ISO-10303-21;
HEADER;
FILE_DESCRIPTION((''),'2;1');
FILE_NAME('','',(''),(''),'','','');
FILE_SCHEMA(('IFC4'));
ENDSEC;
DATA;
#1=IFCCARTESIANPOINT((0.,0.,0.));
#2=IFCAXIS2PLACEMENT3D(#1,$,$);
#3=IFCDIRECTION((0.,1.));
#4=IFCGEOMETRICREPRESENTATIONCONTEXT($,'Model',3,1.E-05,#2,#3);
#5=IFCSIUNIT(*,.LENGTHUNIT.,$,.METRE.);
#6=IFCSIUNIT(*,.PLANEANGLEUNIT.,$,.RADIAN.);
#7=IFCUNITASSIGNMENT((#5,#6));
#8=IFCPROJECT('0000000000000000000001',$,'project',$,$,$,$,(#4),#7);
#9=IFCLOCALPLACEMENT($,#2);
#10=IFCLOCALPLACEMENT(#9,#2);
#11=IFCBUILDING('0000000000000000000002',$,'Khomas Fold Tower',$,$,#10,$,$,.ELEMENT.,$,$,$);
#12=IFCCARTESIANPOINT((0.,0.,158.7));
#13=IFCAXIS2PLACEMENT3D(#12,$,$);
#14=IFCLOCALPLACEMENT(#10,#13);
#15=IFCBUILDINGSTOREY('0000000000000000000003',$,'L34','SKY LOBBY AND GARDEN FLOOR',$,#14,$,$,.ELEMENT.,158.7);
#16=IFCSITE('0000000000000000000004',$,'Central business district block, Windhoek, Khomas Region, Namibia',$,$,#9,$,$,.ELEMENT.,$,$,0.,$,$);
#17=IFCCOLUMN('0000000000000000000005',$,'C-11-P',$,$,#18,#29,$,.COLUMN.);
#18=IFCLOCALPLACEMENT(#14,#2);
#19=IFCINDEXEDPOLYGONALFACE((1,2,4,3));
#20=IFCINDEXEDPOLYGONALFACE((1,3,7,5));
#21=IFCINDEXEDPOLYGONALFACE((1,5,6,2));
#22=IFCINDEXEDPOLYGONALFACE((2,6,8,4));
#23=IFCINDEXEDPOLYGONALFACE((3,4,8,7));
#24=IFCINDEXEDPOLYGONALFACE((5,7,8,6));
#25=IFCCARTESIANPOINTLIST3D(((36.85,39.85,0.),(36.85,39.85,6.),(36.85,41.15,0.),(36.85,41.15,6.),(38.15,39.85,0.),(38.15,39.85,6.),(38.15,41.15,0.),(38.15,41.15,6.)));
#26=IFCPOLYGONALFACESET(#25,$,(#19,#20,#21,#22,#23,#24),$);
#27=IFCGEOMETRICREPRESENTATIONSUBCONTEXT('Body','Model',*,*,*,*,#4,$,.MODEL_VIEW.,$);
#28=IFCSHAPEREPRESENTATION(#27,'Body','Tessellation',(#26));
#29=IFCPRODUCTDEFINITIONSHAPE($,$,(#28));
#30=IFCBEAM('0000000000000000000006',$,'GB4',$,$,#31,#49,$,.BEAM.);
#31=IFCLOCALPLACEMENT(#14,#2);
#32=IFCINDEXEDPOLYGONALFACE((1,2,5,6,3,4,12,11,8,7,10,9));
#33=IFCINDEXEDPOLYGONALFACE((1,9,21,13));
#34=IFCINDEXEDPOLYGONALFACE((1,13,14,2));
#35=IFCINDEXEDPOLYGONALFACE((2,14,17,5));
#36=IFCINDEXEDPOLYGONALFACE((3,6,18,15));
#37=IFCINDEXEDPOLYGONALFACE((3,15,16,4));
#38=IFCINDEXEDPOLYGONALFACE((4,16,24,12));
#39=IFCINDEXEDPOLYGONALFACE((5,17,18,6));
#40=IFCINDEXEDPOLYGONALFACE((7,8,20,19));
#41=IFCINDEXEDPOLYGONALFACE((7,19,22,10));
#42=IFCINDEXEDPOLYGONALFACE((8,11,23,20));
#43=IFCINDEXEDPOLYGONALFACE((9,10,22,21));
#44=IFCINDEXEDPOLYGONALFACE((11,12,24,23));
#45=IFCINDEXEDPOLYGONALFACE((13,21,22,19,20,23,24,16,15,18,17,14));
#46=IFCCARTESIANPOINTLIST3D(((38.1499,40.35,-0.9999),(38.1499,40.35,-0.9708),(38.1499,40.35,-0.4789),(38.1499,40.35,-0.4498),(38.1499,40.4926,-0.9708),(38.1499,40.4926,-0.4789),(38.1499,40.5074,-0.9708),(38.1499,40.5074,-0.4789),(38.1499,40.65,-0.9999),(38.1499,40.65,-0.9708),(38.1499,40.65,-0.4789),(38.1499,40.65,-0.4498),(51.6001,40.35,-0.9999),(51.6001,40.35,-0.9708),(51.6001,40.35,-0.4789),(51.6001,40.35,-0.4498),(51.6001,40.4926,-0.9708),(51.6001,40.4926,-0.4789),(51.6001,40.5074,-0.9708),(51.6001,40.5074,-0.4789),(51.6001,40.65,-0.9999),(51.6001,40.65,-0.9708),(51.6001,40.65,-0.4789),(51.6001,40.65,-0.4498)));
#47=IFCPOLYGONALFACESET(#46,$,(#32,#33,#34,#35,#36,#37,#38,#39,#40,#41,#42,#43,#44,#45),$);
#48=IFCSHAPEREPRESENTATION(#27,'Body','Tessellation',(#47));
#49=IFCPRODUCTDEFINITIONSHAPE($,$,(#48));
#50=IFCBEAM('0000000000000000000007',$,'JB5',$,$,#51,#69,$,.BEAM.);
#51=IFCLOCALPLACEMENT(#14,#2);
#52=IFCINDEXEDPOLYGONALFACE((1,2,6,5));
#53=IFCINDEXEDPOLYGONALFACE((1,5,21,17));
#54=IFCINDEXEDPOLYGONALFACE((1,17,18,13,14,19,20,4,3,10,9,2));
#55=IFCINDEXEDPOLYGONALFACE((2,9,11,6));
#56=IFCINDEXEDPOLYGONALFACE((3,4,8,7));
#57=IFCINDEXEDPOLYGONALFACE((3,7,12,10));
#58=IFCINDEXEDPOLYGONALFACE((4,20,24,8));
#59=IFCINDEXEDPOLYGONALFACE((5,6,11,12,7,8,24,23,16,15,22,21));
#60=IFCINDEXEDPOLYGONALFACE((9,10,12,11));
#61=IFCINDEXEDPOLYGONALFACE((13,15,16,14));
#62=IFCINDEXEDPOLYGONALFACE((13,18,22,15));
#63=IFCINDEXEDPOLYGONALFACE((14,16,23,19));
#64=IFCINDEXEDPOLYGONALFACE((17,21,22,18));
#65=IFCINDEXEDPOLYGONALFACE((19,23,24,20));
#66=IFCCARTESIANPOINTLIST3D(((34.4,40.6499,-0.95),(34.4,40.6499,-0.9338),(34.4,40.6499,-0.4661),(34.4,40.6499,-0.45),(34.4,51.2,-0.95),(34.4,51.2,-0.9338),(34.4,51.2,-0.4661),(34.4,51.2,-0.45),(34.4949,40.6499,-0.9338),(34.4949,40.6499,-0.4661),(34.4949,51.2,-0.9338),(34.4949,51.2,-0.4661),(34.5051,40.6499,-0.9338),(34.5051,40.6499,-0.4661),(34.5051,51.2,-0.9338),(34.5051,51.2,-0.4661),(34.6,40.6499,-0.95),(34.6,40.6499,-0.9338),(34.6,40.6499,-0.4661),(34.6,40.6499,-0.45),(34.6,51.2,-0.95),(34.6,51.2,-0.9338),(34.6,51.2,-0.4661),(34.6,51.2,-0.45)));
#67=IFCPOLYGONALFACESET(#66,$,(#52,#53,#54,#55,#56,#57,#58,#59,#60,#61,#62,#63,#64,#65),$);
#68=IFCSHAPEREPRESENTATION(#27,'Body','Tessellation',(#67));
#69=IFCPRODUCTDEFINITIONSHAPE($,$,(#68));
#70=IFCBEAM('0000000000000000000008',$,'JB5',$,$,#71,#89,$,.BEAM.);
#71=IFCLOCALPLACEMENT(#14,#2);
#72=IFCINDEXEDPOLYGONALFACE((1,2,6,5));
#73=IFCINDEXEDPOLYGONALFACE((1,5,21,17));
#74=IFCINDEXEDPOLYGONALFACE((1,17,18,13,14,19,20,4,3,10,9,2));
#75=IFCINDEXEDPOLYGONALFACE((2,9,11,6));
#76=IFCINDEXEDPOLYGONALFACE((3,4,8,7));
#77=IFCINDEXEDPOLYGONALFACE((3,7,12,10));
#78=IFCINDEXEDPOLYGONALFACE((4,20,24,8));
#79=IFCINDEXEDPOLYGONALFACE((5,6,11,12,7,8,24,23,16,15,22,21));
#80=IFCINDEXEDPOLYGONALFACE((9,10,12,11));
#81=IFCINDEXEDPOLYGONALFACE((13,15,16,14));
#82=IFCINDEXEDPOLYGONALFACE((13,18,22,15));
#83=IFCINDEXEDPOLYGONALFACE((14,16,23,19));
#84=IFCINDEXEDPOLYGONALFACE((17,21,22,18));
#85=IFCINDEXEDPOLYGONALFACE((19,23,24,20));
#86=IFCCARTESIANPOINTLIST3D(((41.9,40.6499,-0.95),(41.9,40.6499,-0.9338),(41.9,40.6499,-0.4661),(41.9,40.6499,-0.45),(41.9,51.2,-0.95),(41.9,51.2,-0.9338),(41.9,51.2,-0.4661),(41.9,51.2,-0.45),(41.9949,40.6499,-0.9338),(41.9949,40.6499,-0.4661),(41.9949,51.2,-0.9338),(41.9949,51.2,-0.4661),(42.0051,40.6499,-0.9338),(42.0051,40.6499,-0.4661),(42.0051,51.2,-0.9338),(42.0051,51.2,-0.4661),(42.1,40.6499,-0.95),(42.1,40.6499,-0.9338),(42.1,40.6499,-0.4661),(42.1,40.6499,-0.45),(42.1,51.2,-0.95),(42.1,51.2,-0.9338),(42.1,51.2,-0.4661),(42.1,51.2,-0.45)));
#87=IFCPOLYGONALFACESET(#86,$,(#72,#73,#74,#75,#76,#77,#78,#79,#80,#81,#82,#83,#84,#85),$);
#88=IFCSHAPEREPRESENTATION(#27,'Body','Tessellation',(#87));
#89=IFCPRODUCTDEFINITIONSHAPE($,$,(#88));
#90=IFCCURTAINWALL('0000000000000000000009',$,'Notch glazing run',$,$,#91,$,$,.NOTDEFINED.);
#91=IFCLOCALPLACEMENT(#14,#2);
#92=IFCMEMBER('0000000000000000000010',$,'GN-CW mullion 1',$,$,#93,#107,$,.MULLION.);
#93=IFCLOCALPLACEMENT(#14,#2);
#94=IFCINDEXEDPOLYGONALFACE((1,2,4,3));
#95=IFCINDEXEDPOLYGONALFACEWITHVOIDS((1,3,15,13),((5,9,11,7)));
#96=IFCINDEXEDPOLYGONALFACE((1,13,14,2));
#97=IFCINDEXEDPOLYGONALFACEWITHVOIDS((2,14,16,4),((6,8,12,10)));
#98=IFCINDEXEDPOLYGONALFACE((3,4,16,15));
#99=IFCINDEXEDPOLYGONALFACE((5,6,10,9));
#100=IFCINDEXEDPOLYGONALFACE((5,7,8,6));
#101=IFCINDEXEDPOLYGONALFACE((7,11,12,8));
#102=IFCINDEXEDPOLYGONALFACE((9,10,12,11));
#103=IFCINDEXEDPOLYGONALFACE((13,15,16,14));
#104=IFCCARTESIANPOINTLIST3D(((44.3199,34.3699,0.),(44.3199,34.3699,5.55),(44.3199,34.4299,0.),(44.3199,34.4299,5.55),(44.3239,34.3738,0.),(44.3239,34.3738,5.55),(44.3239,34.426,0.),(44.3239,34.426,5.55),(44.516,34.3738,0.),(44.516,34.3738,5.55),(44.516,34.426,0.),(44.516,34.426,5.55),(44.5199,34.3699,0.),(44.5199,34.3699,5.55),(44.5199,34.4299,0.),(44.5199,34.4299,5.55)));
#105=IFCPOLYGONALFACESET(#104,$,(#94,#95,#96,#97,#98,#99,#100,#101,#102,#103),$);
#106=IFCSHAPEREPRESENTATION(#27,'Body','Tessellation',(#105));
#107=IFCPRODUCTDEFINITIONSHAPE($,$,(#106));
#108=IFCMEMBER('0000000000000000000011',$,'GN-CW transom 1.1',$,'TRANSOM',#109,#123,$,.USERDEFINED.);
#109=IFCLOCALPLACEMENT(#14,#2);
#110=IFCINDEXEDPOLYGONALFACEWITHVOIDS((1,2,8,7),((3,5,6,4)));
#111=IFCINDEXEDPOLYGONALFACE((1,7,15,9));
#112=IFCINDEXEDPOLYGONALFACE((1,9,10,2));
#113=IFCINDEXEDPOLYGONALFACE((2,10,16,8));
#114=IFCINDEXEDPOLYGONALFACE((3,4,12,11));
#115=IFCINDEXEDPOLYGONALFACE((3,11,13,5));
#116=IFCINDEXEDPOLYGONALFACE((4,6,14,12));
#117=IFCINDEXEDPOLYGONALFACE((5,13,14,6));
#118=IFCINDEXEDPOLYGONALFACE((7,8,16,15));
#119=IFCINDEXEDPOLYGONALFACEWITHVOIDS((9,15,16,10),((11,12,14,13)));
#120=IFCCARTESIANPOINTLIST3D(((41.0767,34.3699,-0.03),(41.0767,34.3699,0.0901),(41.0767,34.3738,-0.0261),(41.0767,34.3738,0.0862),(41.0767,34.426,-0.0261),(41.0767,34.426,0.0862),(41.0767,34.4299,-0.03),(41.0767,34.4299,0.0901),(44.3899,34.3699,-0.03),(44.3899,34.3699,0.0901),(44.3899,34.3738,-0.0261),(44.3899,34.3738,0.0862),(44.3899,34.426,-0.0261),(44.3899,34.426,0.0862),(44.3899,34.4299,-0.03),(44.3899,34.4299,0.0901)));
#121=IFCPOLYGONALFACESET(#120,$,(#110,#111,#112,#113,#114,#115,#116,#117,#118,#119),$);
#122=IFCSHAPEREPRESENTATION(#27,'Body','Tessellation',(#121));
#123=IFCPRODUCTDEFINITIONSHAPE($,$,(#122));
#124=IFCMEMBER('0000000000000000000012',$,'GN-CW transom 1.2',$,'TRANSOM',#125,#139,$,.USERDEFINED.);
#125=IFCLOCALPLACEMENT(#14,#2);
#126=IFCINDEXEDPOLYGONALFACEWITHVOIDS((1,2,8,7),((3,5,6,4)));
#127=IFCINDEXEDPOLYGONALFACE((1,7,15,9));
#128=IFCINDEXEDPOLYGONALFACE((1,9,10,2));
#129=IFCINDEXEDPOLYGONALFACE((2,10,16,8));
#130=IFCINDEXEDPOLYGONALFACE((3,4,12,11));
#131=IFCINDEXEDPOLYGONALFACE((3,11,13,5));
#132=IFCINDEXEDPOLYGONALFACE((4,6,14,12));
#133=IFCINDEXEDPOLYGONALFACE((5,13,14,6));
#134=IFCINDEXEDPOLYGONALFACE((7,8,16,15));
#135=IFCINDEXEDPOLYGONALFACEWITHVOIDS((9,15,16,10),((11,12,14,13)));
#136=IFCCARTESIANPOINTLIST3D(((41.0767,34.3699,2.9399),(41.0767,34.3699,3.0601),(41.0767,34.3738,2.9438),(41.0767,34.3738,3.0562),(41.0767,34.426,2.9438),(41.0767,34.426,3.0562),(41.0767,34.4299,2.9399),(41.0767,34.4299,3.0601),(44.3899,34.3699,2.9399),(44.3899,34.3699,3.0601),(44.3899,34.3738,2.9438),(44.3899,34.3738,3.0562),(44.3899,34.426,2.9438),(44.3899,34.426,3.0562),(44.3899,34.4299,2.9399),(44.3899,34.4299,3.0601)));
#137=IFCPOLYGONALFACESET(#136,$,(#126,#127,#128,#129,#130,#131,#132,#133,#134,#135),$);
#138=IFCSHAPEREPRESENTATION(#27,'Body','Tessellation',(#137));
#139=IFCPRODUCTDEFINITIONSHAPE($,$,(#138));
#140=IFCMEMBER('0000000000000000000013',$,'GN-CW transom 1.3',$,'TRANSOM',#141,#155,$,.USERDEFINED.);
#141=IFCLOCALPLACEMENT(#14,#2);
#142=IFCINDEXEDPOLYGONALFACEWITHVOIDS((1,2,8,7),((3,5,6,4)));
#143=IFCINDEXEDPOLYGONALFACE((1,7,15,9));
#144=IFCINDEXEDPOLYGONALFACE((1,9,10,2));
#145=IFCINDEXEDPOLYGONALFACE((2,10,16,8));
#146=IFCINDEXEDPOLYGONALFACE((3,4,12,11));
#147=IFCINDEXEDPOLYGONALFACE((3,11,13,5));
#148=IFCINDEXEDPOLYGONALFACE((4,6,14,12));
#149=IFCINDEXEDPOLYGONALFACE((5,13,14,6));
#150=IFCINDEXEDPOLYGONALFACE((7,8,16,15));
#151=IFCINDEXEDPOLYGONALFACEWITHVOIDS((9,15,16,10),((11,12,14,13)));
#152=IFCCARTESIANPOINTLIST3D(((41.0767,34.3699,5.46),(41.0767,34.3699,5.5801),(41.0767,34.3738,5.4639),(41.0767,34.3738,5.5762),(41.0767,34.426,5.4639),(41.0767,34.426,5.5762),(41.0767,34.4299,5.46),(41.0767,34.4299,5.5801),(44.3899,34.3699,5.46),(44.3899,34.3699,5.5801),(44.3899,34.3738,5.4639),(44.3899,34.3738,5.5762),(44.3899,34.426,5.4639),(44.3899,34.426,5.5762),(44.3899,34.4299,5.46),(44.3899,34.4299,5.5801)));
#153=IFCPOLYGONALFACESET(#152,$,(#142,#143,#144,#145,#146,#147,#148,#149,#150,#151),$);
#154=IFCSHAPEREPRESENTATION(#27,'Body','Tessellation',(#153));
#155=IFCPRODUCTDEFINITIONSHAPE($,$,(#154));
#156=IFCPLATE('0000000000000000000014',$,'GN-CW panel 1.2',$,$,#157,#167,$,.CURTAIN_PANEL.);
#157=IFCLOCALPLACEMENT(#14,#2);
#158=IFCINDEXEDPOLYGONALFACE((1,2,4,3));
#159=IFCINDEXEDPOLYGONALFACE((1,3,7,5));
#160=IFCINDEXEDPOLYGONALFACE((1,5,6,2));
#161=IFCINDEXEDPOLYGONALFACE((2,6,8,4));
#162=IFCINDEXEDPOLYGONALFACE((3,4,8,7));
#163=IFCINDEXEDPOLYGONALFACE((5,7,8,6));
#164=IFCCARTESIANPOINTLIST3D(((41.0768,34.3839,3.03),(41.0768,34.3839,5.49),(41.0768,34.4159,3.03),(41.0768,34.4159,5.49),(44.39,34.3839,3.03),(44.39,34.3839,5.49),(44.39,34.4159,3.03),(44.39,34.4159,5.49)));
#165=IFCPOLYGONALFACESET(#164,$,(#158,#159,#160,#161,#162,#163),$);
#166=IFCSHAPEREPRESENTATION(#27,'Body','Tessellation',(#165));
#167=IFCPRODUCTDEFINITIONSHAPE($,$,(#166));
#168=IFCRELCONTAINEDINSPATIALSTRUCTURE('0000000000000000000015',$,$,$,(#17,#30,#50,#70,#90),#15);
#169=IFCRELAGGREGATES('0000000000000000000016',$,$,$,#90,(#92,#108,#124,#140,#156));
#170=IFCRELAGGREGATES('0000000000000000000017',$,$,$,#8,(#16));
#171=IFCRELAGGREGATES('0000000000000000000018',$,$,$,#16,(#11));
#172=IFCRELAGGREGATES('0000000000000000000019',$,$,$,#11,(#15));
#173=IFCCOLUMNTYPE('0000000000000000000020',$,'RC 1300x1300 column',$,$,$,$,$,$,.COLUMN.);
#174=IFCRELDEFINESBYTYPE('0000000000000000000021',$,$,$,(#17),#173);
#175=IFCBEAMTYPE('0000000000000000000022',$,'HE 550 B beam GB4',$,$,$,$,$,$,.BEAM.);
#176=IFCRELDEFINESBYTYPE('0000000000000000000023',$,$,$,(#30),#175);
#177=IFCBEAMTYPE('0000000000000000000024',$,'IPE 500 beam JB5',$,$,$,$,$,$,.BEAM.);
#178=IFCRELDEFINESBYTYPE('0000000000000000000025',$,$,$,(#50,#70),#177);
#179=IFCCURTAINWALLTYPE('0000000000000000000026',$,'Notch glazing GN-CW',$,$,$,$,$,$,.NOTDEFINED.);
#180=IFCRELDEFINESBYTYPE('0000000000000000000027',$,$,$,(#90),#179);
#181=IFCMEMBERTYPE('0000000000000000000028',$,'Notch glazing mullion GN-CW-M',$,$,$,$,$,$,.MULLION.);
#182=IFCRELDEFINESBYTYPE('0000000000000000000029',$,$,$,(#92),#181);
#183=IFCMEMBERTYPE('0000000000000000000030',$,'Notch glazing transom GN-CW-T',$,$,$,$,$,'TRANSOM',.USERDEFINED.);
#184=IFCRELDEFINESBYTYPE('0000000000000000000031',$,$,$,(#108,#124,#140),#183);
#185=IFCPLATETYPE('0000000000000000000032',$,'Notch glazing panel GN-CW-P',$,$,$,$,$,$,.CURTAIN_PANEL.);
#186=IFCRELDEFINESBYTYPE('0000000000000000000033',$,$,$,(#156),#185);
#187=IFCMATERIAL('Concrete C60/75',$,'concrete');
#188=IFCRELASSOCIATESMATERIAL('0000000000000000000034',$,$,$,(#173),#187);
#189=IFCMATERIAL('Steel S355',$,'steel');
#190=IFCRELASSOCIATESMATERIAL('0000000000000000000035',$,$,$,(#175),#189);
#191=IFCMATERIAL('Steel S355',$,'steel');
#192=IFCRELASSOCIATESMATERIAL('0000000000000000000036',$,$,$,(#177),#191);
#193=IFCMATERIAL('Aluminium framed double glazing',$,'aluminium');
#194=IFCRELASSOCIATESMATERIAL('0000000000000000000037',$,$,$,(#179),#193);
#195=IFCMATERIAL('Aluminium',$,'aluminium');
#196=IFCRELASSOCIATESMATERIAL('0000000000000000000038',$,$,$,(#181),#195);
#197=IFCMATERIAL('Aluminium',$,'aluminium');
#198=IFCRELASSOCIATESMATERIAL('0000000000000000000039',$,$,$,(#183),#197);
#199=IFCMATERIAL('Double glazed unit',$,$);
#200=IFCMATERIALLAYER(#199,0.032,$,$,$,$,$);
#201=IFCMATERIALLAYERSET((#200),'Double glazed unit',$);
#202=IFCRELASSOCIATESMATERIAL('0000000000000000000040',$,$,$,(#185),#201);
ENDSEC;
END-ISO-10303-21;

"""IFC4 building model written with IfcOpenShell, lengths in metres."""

from ifc_helpers import new_model, si_unit, direction, frame, origin, origin_2d, place, context, subcontext, project, spatial, rectangle, hollow_rectangle, i_section, extrude, source, transform, mapped, material, layer, layer_set, material_profile, profile_set, type_object, element, aggregate, save


model = new_model("IFC4")

# Units and contexts
model_context = context("Model", 3, precision=1e-05, world=origin(), true_north=direction((0.0, 1.0)))
body_context = subcontext(model_context, "Body", "Model", "MODEL_VIEW")
ifc_project = project(units=[si_unit("LENGTHUNIT", "METRE"), si_unit("PLANEANGLEUNIT", "RADIAN")], contexts=[model_context])

# Site, building, storey
site_placement = place(None, origin())
site = spatial("IfcSite", under=ifc_project, at=site_placement, Name="Central business district block, Windhoek, Khomas Region, Namibia", CompositionType="ELEMENT", RefElevation=0.0)
building_placement = place(site_placement, origin())
building = spatial("IfcBuilding", under=site, at=building_placement, Name="Khomas Fold Tower", CompositionType="ELEMENT")
storey_placement = place(building_placement, frame((0.0, 0.0, 158.7)))
storey = spatial("IfcBuildingStorey", under=building, at=storey_placement, Name="L34", Description="SKY LOBBY AND GARDEN FLOOR", CompositionType="ELEMENT", Elevation=158.7)

# Column
ifc_material_1 = material(Name="Concrete C60/75", Category="concrete")
ifc_material_profile_1 = material_profile(ifc_material_1, rectangle(XDim=1.3, YDim=1.3, at=origin_2d()), Name="RC 1300x1300")
ifc_profile_set_1 = profile_set([ifc_material_profile_1], Name="Concrete C60/75")
column_type = type_object("IfcColumnType", Name="RC 1300x1300 column", PredefinedType="COLUMN", material=ifc_profile_set_1)
shared_shape_1 = source(origin(), body_context, "Body", "SweptSolid", [
    extrude(rectangle(XDim=1.3, YDim=1.3, at=origin_2d()), origin(), (0.0, 0.0, 1.0), 6.0),
])
column_placement = place(storey_placement, frame((37.5, 40.5, 0.0), z_axis=(0.0, 0.0, 1.0), x_axis=(1.0, 0.0, 0.0)))
element("IfcColumn", 1, at=column_placement, inside=storey, type_object=column_type, Name="C-11-P", PredefinedType="COLUMN", context=body_context, shape_type="MappedRepresentation", body=[
    mapped(shared_shape_1, transform((0.0, 0.0, 0.0))),
])

# Beams
ifc_material_2 = material(Name="Steel S355", Category="steel")
ifc_material_profile_2 = material_profile(ifc_material_2, i_section(OverallWidth=0.3, OverallDepth=0.55, WebThickness=0.0149, FlangeThickness=0.0291, at=origin_2d()), Name="HE 550 B")
ifc_profile_set_2 = profile_set([ifc_material_profile_2], Name="Steel S355")
beam_type_1 = type_object("IfcBeamType", Name="HE 550 B beam GB4", PredefinedType="BEAM", material=ifc_profile_set_2)
shared_shape_2 = source(origin(), body_context, "Body", "SweptSolid", [
    extrude(i_section(OverallWidth=0.3, OverallDepth=0.55, WebThickness=0.0149, FlangeThickness=0.0291, at=origin_2d()), origin(), (0.0, 0.0, 1.0), 13.4502),
])
beam_placement = place(storey_placement, frame((38.1499, 40.5, -0.7249), z_axis=(1.0, 0.0, 0.0), x_axis=(0.0, 1.0, 0.0)))
element("IfcBeam", 2, at=beam_placement, inside=storey, type_object=beam_type_1, Name="GB4", PredefinedType="BEAM", context=body_context, shape_type="MappedRepresentation", body=[
    mapped(shared_shape_2, transform((0.0, 0.0, 0.0))),
])
ifc_material_3 = material(Name="Steel S355", Category="steel")
ifc_material_profile_3 = material_profile(ifc_material_3, i_section(OverallWidth=0.2, OverallDepth=0.5, WebThickness=0.0103, FlangeThickness=0.0161, at=origin_2d()), Name="IPE 500")
ifc_profile_set_3 = profile_set([ifc_material_profile_3], Name="Steel S355")
beam_type_2 = type_object("IfcBeamType", Name="IPE 500 beam JB5", PredefinedType="BEAM", material=ifc_profile_set_3)
shared_shape_3 = source(origin(), body_context, "Body", "SweptSolid", [
    extrude(i_section(OverallWidth=0.2, OverallDepth=0.5, WebThickness=0.0103, FlangeThickness=0.0161, at=origin_2d()), origin(), (0.0, 0.0, 1.0), 10.55),
])
for number, where, z_axis, x_axis, name in (
    (3, (34.5, 40.6499, -0.7), (0.0, 1.0, 0.0), (-1.0, 0.0, 0.0), "JB5"),
    (4, (42.0, 40.6499, -0.7), (0.0, 1.0, 0.0), (-1.0, 0.0, 0.0), "JB5"),
):
    element("IfcBeam", number, at=place(storey_placement, frame(where, z_axis=z_axis, x_axis=x_axis)), inside=storey, type_object=beam_type_2, Name=name, PredefinedType="BEAM", context=body_context, shape_type="MappedRepresentation", body=[
        mapped(shared_shape_3, transform((0.0, 0.0, 0.0))),
    ])

# Curtain wall, members, plate
ifc_material_4 = material(Name="Aluminium framed double glazing", Category="aluminium")
curtain_wall_type = type_object("IfcCurtainWallType", Name="Notch glazing GN-CW", PredefinedType="NOTDEFINED", material=ifc_material_4)
curtain_wall_placement = place(storey_placement, origin())
curtain_wall = element("IfcCurtainWall", 5, at=curtain_wall_placement, inside=storey, type_object=curtain_wall_type, Name="Notch glazing run", PredefinedType="NOTDEFINED")
ifc_material_5 = material(Name="Aluminium", Category="aluminium")
ifc_material_profile_4 = material_profile(ifc_material_5, hollow_rectangle(XDim=0.0601, YDim=0.2, WallThickness=0.0039, at=origin_2d()), Name="Notch glazing mullion GN-CW-M")
ifc_profile_set_4 = profile_set([ifc_material_profile_4], Name="Aluminium")
member_type_1 = type_object("IfcMemberType", Name="Notch glazing mullion GN-CW-M", PredefinedType="MULLION", material=ifc_profile_set_4)
shared_shape_4 = source(origin(), body_context, "Body", "SweptSolid", [
    extrude(hollow_rectangle(XDim=0.0601, YDim=0.2, WallThickness=0.0039, at=origin_2d()), origin(), (0.0, 0.0, 1.0), 5.55),
])
member_1_placement = place(storey_placement, frame((44.4199, 34.3999, 0.0), z_axis=(0.0, 0.0, 1.0), x_axis=(0.0, -1.0, 0.0)))
member_1 = element("IfcMember", 6, at=member_1_placement, type_object=member_type_1, Name="GN-CW mullion 1", PredefinedType="MULLION", context=body_context, shape_type="MappedRepresentation", body=[
    mapped(shared_shape_4, transform((0.0, 0.0, 0.0))),
])
ifc_material_6 = material(Name="Aluminium", Category="aluminium")
ifc_material_profile_5 = material_profile(ifc_material_6, hollow_rectangle(XDim=0.0601, YDim=0.1201, WallThickness=0.0039, at=origin_2d()), Name="Notch glazing transom GN-CW-T")
ifc_profile_set_5 = profile_set([ifc_material_profile_5], Name="Aluminium")
member_type_2 = type_object("IfcMemberType", Name="Notch glazing transom GN-CW-T", ElementType="TRANSOM", PredefinedType="USERDEFINED", material=ifc_profile_set_5)
shared_shape_5 = source(origin(), body_context, "Body", "SweptSolid", [
    extrude(hollow_rectangle(XDim=0.0601, YDim=0.1201, WallThickness=0.0039, at=origin_2d()), origin(), (0.0, 0.0, 1.0), 3.3132),
])
member_2_placement = place(storey_placement, frame((44.3899, 34.3999, 0.03), z_axis=(-1.0, 0.0, 0.0), x_axis=(0.0, -1.0, 0.0)))
member_2 = element("IfcMember", 7, at=member_2_placement, type_object=member_type_2, Name="GN-CW transom 1.1", ObjectType="TRANSOM", PredefinedType="USERDEFINED", context=body_context, shape_type="MappedRepresentation", body=[
    mapped(shared_shape_5, transform((0.0, 0.0, 0.0))),
])
member_3_placement = place(storey_placement, frame((44.3899, 34.3999, 3.0), z_axis=(-1.0, 0.0, 0.0), x_axis=(0.0, -1.0, 0.0)))
member_3 = element("IfcMember", 8, at=member_3_placement, type_object=member_type_2, Name="GN-CW transom 1.2", ObjectType="TRANSOM", PredefinedType="USERDEFINED", context=body_context, shape_type="MappedRepresentation", body=[
    mapped(shared_shape_5, transform((0.0, 0.0, 0.0))),
])
member_4_placement = place(storey_placement, frame((44.3899, 34.3999, 5.52), z_axis=(-1.0, 0.0, 0.0), x_axis=(0.0, -1.0, 0.0)))
member_4 = element("IfcMember", 9, at=member_4_placement, type_object=member_type_2, Name="GN-CW transom 1.3", ObjectType="TRANSOM", PredefinedType="USERDEFINED", context=body_context, shape_type="MappedRepresentation", body=[
    mapped(shared_shape_5, transform((0.0, 0.0, 0.0))),
])
ifc_material_7 = material(Name="Double glazed unit")
ifc_layer_1 = layer(ifc_material_7, 0.032)
ifc_layer_set_1 = layer_set([ifc_layer_1], Name="Double glazed unit")
plate_type_1 = type_object("IfcPlateType", Name="Notch glazing panel GN-CW-P", PredefinedType="CURTAIN_PANEL", material=ifc_layer_set_1)
shared_shape_6 = source(origin(), body_context, "Body", "SweptSolid", [
    extrude(rectangle(XDim=3.3132, YDim=0.032, at=origin_2d()), origin(), (0.0, 0.0, 1.0), 2.46),
])
plate_1_placement = place(storey_placement, frame((42.7334, 34.3999, 3.03), z_axis=(0.0, 0.0, 1.0), x_axis=(-1.0, 0.0, 0.0)))
plate_1 = element("IfcPlate", 10, at=plate_1_placement, type_object=plate_type_1, Name="GN-CW panel 1.2", PredefinedType="CURTAIN_PANEL", context=body_context, shape_type="MappedRepresentation", body=[
    mapped(shared_shape_6, transform((0.0, 0.0, 0.0))),
])
aggregate(curtain_wall, [member_1, member_2, member_3, member_4, plate_1])

save(model, "model.ifc")
